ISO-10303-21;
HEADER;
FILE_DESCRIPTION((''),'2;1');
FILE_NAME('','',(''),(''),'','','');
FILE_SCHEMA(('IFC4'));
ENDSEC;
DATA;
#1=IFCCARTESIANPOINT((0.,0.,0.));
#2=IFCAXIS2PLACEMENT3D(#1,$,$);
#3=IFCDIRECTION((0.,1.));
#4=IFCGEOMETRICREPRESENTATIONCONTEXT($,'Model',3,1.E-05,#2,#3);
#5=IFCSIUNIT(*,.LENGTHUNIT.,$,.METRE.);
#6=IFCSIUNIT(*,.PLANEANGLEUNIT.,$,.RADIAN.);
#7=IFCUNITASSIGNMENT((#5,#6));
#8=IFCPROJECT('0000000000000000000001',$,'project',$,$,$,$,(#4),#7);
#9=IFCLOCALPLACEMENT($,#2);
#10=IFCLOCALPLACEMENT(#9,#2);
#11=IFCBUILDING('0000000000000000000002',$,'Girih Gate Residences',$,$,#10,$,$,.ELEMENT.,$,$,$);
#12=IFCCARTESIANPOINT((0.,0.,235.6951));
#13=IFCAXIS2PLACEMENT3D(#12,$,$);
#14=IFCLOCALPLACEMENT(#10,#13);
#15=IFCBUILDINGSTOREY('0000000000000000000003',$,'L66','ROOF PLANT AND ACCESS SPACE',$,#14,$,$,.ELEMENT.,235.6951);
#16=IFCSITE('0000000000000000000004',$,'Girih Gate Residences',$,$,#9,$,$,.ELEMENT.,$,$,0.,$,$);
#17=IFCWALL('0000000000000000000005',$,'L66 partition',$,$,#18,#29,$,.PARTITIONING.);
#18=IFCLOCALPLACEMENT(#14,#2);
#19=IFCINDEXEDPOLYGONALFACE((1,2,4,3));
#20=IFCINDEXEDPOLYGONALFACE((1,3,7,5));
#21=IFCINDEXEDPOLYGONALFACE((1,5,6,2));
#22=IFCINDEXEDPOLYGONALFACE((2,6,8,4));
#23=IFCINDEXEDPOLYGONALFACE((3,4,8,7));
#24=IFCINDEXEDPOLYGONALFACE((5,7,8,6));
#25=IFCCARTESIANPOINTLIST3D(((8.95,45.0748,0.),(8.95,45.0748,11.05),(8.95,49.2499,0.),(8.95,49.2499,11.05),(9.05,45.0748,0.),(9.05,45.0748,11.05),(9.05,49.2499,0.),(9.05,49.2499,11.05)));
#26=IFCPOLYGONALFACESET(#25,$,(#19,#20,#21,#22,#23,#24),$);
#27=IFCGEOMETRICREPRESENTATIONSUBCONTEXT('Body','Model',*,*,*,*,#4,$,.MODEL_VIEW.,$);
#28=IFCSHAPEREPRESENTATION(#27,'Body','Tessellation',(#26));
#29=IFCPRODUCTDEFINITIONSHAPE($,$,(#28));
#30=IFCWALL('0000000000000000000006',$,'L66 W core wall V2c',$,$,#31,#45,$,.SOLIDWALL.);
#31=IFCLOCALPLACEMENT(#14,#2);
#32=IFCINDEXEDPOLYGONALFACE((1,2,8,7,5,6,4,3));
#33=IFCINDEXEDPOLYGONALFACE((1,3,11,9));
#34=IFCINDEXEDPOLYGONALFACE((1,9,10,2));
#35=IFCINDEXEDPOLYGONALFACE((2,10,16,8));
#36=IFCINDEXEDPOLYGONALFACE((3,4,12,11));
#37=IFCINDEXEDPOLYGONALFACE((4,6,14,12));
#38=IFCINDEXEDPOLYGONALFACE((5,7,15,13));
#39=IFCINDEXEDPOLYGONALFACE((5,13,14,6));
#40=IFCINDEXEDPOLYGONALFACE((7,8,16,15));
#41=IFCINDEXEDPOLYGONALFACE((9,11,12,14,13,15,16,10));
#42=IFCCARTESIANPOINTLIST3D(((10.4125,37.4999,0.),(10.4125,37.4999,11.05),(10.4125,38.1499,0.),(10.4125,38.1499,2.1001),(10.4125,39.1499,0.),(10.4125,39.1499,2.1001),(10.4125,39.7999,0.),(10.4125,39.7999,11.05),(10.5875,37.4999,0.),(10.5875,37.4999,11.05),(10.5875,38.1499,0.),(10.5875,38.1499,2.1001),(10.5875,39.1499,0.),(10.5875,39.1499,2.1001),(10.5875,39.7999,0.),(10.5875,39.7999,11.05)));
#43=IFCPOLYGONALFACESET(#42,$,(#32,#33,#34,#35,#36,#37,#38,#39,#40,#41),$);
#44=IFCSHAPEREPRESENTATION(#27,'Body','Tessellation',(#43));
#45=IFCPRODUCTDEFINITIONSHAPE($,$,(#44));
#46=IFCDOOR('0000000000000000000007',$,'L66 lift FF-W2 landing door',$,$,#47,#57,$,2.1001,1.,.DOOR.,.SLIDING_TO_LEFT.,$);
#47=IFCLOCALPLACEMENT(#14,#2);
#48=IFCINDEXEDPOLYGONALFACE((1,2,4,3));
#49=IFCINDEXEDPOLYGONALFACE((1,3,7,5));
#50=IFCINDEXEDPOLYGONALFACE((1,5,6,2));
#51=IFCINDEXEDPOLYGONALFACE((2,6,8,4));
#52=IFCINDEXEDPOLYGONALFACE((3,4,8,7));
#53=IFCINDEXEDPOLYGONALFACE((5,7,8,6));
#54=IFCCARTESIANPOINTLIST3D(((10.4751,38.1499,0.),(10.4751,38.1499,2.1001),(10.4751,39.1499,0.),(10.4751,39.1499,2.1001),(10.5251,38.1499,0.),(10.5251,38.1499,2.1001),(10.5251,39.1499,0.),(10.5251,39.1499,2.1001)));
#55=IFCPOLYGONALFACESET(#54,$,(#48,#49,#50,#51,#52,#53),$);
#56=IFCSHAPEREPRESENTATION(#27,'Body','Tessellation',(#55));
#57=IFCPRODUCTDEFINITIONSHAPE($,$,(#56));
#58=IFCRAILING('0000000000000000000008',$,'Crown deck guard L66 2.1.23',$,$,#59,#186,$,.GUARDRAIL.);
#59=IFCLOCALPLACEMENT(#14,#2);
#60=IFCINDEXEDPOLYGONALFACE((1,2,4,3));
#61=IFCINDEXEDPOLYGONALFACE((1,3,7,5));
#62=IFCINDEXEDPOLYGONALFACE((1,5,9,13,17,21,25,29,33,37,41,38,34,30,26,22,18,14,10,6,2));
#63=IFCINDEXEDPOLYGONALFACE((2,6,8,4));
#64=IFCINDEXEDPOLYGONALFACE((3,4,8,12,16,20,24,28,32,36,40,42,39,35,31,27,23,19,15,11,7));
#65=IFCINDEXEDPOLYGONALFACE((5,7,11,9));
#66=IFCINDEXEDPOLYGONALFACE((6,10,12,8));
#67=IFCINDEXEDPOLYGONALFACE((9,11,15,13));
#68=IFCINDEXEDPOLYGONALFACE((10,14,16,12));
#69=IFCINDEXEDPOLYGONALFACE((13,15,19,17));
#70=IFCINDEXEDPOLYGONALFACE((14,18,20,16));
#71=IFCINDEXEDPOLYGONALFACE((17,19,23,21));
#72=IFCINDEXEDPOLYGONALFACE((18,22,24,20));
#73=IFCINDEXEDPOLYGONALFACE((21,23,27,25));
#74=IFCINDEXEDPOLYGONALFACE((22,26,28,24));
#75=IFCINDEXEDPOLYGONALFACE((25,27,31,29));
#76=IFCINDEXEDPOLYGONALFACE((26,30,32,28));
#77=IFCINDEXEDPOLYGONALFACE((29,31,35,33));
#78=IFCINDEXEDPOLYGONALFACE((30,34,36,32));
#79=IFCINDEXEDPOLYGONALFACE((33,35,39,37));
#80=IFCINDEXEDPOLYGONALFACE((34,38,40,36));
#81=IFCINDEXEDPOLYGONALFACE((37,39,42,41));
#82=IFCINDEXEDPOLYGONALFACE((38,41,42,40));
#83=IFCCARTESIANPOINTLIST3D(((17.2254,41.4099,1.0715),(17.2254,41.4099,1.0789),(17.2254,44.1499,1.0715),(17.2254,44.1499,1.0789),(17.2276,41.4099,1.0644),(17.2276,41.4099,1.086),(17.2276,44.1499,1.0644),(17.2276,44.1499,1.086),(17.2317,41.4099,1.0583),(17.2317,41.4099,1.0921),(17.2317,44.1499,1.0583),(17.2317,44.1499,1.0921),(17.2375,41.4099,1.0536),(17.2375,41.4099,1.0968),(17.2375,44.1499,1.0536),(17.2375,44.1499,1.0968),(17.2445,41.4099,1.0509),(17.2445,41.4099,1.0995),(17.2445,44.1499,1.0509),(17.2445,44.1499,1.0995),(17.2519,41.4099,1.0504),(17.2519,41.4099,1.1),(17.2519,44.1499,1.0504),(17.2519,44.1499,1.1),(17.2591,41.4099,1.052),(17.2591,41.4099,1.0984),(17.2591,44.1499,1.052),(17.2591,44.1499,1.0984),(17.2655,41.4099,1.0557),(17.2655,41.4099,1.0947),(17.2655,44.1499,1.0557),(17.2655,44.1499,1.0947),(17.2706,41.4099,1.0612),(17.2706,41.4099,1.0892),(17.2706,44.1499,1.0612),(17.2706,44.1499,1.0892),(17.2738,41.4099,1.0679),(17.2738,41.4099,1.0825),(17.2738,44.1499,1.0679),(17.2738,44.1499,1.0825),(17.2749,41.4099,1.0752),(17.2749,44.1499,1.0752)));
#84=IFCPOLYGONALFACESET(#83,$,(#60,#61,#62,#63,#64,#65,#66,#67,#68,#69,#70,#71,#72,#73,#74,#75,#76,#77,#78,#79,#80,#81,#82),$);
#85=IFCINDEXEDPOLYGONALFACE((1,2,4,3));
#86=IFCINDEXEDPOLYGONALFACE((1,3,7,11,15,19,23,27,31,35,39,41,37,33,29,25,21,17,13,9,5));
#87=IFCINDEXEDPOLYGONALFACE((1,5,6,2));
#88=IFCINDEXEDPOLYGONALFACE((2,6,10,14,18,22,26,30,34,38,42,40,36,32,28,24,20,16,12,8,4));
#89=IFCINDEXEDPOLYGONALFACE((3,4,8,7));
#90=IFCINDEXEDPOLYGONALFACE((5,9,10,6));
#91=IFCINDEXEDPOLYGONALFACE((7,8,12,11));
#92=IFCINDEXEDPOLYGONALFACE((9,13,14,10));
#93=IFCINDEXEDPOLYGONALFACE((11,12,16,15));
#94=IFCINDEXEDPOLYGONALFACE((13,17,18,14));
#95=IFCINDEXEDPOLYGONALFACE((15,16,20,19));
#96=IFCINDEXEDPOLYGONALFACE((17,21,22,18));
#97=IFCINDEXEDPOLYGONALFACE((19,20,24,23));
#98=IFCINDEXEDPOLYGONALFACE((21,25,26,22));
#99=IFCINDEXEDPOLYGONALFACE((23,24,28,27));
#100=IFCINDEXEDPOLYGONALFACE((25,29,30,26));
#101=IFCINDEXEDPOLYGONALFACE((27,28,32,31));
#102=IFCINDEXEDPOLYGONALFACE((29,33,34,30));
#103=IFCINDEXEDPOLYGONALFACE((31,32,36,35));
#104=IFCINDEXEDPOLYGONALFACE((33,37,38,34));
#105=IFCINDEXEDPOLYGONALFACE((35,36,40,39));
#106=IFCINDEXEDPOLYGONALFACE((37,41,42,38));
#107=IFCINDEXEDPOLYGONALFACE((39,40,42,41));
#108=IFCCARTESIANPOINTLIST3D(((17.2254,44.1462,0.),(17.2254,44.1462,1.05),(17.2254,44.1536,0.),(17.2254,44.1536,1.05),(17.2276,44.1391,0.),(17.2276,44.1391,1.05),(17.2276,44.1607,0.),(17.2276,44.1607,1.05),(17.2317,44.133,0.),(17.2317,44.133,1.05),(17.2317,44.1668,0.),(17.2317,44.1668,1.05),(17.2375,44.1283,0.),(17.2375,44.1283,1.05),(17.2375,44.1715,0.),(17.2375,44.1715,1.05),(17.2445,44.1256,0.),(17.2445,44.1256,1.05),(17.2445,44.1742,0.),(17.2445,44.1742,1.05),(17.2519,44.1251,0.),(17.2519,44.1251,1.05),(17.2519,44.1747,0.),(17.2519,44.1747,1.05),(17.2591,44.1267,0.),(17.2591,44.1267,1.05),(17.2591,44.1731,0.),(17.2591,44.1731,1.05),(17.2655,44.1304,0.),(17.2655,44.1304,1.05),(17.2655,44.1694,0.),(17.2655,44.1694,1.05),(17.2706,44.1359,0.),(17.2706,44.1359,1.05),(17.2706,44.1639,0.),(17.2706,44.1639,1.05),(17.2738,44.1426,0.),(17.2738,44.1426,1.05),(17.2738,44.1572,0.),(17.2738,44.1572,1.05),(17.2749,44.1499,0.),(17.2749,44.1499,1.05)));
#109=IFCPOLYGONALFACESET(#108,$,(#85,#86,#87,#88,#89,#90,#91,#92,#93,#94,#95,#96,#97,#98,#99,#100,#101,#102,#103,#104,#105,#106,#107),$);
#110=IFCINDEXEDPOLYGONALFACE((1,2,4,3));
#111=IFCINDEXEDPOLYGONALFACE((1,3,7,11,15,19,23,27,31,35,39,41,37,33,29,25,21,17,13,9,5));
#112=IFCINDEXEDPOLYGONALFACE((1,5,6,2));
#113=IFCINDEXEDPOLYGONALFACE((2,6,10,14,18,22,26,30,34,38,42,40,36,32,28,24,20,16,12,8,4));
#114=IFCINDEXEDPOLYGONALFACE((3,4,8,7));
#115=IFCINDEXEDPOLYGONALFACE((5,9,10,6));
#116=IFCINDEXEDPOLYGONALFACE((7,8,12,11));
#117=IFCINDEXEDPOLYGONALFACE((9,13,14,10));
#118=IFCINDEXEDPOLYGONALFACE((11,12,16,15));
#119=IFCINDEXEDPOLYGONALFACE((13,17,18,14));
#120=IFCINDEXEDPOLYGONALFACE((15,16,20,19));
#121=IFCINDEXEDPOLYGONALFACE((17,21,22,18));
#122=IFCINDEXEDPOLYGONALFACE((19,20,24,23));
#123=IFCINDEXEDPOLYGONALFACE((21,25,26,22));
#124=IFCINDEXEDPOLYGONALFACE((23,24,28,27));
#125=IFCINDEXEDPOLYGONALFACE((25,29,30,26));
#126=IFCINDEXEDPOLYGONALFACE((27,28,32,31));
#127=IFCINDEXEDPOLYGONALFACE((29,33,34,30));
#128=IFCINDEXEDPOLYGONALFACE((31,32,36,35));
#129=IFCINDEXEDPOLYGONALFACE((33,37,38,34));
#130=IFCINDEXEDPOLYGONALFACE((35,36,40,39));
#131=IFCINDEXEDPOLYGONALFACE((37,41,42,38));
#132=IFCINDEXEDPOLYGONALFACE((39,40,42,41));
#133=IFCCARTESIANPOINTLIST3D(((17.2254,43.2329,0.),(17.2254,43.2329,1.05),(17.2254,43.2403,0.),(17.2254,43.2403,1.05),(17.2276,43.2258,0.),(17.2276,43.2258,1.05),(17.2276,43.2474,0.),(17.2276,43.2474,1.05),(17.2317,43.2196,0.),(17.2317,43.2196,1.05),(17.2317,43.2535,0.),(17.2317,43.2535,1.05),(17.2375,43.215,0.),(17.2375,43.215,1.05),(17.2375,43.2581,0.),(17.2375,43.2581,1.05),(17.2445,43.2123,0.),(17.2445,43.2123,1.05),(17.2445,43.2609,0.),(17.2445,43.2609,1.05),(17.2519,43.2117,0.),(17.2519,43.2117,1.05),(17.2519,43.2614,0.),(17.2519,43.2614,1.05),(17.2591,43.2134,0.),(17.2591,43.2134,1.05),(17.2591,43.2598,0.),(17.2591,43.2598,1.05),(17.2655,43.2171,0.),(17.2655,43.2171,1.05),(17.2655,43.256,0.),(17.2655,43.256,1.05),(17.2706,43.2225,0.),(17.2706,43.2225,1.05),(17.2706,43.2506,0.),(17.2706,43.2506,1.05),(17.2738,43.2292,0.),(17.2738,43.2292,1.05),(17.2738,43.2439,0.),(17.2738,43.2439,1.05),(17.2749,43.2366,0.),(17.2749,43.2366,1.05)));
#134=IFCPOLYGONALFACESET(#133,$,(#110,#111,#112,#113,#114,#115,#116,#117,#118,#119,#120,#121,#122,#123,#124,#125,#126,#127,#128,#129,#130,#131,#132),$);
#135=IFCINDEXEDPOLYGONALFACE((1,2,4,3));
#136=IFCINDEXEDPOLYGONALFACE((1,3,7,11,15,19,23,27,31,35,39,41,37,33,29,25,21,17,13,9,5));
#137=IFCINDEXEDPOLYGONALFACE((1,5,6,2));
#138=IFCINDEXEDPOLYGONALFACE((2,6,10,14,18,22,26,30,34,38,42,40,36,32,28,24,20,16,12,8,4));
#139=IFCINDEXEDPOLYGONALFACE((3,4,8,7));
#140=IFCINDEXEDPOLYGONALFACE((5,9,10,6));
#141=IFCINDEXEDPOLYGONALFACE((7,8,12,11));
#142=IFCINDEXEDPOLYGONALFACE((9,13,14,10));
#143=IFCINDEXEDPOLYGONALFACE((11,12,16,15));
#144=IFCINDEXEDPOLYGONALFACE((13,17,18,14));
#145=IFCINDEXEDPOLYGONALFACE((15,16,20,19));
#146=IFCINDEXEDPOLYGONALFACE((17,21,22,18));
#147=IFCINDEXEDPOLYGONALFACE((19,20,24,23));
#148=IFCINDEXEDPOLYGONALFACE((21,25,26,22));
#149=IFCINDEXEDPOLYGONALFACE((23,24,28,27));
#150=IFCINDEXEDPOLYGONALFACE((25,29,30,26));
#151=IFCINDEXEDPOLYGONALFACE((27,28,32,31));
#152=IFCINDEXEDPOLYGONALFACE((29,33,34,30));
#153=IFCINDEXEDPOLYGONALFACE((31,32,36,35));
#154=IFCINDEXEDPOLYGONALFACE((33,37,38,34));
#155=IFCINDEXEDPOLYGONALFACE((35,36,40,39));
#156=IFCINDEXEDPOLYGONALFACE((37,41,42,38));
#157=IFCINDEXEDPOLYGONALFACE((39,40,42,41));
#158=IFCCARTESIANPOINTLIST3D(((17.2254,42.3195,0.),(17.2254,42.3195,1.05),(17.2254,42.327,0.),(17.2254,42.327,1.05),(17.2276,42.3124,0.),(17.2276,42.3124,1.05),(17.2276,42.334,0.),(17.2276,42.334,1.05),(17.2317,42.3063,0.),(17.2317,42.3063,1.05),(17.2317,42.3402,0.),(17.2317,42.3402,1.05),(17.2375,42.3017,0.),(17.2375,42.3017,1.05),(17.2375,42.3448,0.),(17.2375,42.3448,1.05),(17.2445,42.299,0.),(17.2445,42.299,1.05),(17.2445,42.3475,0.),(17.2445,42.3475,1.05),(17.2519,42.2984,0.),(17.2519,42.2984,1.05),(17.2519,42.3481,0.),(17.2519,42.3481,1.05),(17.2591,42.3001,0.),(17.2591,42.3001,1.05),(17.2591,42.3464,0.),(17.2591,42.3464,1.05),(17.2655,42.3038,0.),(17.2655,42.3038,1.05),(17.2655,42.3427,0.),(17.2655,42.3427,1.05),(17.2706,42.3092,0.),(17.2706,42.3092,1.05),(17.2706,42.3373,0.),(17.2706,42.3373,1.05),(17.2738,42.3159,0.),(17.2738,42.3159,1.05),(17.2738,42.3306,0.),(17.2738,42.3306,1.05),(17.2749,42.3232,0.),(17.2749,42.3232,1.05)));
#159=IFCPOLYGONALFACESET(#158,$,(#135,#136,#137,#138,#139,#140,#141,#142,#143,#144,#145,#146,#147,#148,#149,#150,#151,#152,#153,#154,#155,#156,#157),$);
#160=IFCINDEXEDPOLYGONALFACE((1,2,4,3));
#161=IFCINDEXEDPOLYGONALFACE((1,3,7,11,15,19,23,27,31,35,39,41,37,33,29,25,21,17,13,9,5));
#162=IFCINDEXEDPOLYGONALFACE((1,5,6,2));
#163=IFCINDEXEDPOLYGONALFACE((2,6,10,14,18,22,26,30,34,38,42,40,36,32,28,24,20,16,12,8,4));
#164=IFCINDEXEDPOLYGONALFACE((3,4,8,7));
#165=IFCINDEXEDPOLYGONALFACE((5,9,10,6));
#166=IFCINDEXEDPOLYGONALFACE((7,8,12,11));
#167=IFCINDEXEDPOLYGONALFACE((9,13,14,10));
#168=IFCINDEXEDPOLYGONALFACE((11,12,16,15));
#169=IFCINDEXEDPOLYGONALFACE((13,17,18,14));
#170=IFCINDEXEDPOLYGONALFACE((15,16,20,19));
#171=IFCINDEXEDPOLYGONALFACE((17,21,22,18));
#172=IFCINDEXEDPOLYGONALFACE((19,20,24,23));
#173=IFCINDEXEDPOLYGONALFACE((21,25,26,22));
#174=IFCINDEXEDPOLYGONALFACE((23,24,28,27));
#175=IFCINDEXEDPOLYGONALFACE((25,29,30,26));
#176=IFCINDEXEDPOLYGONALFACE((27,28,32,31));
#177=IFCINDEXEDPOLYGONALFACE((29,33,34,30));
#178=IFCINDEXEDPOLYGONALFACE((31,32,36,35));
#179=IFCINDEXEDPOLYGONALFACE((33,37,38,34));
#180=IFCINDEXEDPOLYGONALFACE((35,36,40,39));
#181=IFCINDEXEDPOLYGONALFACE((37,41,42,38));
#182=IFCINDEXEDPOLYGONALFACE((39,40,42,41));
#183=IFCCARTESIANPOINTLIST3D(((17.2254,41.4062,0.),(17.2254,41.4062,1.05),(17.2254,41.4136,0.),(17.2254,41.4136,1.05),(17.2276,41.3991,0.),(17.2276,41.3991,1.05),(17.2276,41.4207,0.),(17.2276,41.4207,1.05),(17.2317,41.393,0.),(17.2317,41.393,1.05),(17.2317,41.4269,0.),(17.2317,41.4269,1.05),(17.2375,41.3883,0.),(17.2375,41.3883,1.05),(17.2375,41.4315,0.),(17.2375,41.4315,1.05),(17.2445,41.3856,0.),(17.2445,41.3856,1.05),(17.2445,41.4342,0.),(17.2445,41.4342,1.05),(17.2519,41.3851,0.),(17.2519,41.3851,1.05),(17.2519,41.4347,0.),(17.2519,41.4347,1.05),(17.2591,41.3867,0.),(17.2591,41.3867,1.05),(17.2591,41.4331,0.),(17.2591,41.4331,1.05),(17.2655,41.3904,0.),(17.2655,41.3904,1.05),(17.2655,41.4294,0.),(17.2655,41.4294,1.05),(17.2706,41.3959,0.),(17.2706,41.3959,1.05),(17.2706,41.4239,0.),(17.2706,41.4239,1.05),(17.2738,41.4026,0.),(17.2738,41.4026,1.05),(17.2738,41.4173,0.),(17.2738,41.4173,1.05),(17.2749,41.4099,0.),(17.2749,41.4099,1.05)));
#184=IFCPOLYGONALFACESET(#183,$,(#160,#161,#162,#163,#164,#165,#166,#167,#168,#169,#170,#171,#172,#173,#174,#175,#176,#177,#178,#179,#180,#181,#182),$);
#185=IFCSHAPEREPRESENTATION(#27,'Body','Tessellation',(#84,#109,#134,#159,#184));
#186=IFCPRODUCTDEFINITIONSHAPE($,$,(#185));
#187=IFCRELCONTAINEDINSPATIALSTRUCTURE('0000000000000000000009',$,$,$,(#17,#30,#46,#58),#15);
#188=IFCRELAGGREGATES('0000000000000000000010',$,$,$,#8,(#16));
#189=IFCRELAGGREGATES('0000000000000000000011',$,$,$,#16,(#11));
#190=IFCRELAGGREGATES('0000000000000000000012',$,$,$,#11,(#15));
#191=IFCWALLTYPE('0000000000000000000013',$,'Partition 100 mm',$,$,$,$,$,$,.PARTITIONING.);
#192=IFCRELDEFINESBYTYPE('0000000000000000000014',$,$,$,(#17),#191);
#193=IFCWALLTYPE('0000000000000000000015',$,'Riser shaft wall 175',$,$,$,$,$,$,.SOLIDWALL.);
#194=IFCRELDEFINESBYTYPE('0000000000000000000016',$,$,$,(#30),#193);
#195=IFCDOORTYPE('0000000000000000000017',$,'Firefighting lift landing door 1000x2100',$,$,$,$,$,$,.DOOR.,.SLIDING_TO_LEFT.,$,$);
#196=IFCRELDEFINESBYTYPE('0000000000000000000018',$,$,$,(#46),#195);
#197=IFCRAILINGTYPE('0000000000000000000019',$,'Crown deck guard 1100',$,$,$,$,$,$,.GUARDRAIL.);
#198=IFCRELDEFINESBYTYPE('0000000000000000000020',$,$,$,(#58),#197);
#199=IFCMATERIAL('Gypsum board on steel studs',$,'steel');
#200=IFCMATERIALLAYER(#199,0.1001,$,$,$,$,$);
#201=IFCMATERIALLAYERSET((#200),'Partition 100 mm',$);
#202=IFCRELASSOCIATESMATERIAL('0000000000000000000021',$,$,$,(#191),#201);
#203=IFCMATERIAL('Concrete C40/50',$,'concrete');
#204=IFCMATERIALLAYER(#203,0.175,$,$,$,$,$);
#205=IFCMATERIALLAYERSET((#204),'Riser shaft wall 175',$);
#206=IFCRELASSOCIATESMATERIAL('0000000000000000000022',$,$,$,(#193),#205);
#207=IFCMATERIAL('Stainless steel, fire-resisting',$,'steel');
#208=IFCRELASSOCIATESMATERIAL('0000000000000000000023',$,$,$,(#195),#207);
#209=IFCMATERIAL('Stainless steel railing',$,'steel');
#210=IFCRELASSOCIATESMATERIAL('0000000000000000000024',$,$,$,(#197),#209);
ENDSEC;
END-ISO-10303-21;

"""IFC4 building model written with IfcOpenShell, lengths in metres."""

from ifc_helpers import new_model, si_unit, direction, frame, frame_2d, origin, origin_2d, place, context, subcontext, project, spatial, rectangle, circle, extrude, material, layer, layer_set, type_object, element, fill, save


model = new_model("IFC4")

# Units and contexts
model_context = context("Model", 3, precision=1e-05, world=origin(), true_north=direction((0.0, 1.0)))
body_context = subcontext(model_context, "Body", "Model", "MODEL_VIEW")
ifc_project = project(units=[si_unit("LENGTHUNIT", "METRE"), si_unit("PLANEANGLEUNIT", "RADIAN")], contexts=[model_context])

# Site, building, storey
site_placement = place(None, origin())
site = spatial("IfcSite", under=ifc_project, at=site_placement, Name="Girih Gate Residences", CompositionType="ELEMENT", RefElevation=0.0)
building_placement = place(site_placement, origin())
building = spatial("IfcBuilding", under=site, at=building_placement, Name="Girih Gate Residences", CompositionType="ELEMENT")
storey_placement = place(building_placement, frame((0.0, 0.0, 235.6951)))
storey = spatial("IfcBuildingStorey", under=building, at=storey_placement, Name="L66", Description="ROOF PLANT AND ACCESS SPACE", CompositionType="ELEMENT", Elevation=235.6951)

# Shared definitions
ifc_material_1 = material(Name="Gypsum board on steel studs", Category="steel")

# Wall
ifc_layer_1 = layer(ifc_material_1, 0.1001)
ifc_layer_set_1 = layer_set([ifc_layer_1], Name="Partition 100 mm")
wall_type_1 = type_object("IfcWallType", Name="Partition 100 mm", PredefinedType="PARTITIONING", material=ifc_layer_set_1)
wall_1_placement = place(storey_placement, frame((9.0, 45.075, 0.0), z_axis=(0.0, 0.0, 1.0), x_axis=(0.0, 1.0, 0.0)))
element("IfcWall", 1, at=wall_1_placement, inside=storey, type_object=wall_type_1, Name="L66 partition", PredefinedType="PARTITIONING", context=body_context, shape_type="SweptSolid", body=[
    extrude(rectangle(XDim=4.175, YDim=0.1001, at=frame_2d((2.0874, 0.0))), origin(), (0.0, 0.0, 1.0), 11.05),
])

# Wall, opening, door
ifc_material_2 = material(Name="Concrete C40/50", Category="concrete")
ifc_layer_2 = layer(ifc_material_2, 0.175)
ifc_layer_set_2 = layer_set([ifc_layer_2], Name="Riser shaft wall 175")
wall_type_2 = type_object("IfcWallType", Name="Riser shaft wall 175", PredefinedType="SOLIDWALL", material=ifc_layer_set_2)
wall_2_placement = place(storey_placement, frame((10.5, 37.5, 0.0), z_axis=(0.0, 0.0, 1.0), x_axis=(0.0, 1.0, 0.0)))
wall_2 = element("IfcWall", 2, at=wall_2_placement, inside=storey, type_object=wall_type_2, Name="L66 W core wall V2c", PredefinedType="SOLIDWALL", context=body_context, shape_type="SweptSolid", body=[
    extrude(rectangle(XDim=2.3, YDim=0.175, at=frame_2d((1.1499, 0.0))), origin(), (0.0, 0.0, 1.0), 11.05),
])
opening_1_placement = place(wall_2_placement, frame((0.6499, 0.0, 0.0)))
opening_1 = element("IfcOpeningElement", 3, at=opening_1_placement, cuts=wall_2, PredefinedType="OPENING", context=body_context, shape_type="SweptSolid", body=[
    extrude(rectangle(XDim=1.0, YDim=2.1001, at=frame_2d((0.5, 1.05))), frame((0.0, 0.0974, 0.0), z_axis=(0.0, -1.0, 0.0), x_axis=(1.0, 0.0, 0.0)), (0.0, 0.0, 1.0), 0.1951),
])
ifc_material_3 = material(Name="Stainless steel, fire-resisting", Category="steel")
door_type_1 = type_object("IfcDoorType", Name="Firefighting lift landing door 1000x2100", OperationType="SLIDING_TO_LEFT", PredefinedType="DOOR", material=ifc_material_3)
door_1_placement = place(opening_1_placement, origin())
door_1 = element("IfcDoor", 4, at=door_1_placement, inside=storey, type_object=door_type_1, Name="L66 lift FF-W2 landing door", OperationType="SLIDING_TO_LEFT", OverallHeight=2.1001, OverallWidth=1.0, PredefinedType="DOOR", context=body_context, shape_type="SweptSolid", body=[
    extrude(rectangle(XDim=1.0, YDim=2.1001, at=frame_2d((0.5, 1.05))), frame((0.0, 0.0249, 0.0), z_axis=(0.0, -1.0, 0.0), x_axis=(1.0, 0.0, 0.0)), (0.0, 0.0, 1.0), 0.05),
])
fill(opening_1, door_1)

# Railing
ifc_material_4 = material(Name="Stainless steel railing", Category="steel")
railing_type = type_object("IfcRailingType", Name="Crown deck guard 1100", PredefinedType="GUARDRAIL", material=ifc_material_4)
railing_1_placement = place(storey_placement, frame((17.25, 44.1499, 0.0)))
element("IfcRailing", 5, at=railing_1_placement, inside=storey, type_object=railing_type, Name="Crown deck guard L66 2.1.23", PredefinedType="GUARDRAIL", context=body_context, shape_type="SweptSolid", body=[
    extrude(circle(Radius=0.0249, at=origin_2d()), frame((0.0, 0.0, 1.0752), z_axis=(0.0, -1.0, 0.0), x_axis=(1.0, 0.0, 0.0)), (0.0, 0.0, 1.0), 2.74),
    extrude(circle(Radius=0.0249, at=origin_2d()), origin(), (0.0, 0.0, 1.0), 1.05),
    extrude(circle(Radius=0.0249, at=origin_2d()), frame((0.0, -0.9133, 0.0)), (0.0, 0.0, 1.0), 1.05),
    extrude(circle(Radius=0.0249, at=origin_2d()), frame((0.0, -1.8267, 0.0)), (0.0, 0.0, 1.0), 1.05),
    extrude(circle(Radius=0.0249, at=origin_2d()), frame((0.0, -2.74, 0.0)), (0.0, 0.0, 1.0), 1.05),
])

save(model, "model.ifc")
